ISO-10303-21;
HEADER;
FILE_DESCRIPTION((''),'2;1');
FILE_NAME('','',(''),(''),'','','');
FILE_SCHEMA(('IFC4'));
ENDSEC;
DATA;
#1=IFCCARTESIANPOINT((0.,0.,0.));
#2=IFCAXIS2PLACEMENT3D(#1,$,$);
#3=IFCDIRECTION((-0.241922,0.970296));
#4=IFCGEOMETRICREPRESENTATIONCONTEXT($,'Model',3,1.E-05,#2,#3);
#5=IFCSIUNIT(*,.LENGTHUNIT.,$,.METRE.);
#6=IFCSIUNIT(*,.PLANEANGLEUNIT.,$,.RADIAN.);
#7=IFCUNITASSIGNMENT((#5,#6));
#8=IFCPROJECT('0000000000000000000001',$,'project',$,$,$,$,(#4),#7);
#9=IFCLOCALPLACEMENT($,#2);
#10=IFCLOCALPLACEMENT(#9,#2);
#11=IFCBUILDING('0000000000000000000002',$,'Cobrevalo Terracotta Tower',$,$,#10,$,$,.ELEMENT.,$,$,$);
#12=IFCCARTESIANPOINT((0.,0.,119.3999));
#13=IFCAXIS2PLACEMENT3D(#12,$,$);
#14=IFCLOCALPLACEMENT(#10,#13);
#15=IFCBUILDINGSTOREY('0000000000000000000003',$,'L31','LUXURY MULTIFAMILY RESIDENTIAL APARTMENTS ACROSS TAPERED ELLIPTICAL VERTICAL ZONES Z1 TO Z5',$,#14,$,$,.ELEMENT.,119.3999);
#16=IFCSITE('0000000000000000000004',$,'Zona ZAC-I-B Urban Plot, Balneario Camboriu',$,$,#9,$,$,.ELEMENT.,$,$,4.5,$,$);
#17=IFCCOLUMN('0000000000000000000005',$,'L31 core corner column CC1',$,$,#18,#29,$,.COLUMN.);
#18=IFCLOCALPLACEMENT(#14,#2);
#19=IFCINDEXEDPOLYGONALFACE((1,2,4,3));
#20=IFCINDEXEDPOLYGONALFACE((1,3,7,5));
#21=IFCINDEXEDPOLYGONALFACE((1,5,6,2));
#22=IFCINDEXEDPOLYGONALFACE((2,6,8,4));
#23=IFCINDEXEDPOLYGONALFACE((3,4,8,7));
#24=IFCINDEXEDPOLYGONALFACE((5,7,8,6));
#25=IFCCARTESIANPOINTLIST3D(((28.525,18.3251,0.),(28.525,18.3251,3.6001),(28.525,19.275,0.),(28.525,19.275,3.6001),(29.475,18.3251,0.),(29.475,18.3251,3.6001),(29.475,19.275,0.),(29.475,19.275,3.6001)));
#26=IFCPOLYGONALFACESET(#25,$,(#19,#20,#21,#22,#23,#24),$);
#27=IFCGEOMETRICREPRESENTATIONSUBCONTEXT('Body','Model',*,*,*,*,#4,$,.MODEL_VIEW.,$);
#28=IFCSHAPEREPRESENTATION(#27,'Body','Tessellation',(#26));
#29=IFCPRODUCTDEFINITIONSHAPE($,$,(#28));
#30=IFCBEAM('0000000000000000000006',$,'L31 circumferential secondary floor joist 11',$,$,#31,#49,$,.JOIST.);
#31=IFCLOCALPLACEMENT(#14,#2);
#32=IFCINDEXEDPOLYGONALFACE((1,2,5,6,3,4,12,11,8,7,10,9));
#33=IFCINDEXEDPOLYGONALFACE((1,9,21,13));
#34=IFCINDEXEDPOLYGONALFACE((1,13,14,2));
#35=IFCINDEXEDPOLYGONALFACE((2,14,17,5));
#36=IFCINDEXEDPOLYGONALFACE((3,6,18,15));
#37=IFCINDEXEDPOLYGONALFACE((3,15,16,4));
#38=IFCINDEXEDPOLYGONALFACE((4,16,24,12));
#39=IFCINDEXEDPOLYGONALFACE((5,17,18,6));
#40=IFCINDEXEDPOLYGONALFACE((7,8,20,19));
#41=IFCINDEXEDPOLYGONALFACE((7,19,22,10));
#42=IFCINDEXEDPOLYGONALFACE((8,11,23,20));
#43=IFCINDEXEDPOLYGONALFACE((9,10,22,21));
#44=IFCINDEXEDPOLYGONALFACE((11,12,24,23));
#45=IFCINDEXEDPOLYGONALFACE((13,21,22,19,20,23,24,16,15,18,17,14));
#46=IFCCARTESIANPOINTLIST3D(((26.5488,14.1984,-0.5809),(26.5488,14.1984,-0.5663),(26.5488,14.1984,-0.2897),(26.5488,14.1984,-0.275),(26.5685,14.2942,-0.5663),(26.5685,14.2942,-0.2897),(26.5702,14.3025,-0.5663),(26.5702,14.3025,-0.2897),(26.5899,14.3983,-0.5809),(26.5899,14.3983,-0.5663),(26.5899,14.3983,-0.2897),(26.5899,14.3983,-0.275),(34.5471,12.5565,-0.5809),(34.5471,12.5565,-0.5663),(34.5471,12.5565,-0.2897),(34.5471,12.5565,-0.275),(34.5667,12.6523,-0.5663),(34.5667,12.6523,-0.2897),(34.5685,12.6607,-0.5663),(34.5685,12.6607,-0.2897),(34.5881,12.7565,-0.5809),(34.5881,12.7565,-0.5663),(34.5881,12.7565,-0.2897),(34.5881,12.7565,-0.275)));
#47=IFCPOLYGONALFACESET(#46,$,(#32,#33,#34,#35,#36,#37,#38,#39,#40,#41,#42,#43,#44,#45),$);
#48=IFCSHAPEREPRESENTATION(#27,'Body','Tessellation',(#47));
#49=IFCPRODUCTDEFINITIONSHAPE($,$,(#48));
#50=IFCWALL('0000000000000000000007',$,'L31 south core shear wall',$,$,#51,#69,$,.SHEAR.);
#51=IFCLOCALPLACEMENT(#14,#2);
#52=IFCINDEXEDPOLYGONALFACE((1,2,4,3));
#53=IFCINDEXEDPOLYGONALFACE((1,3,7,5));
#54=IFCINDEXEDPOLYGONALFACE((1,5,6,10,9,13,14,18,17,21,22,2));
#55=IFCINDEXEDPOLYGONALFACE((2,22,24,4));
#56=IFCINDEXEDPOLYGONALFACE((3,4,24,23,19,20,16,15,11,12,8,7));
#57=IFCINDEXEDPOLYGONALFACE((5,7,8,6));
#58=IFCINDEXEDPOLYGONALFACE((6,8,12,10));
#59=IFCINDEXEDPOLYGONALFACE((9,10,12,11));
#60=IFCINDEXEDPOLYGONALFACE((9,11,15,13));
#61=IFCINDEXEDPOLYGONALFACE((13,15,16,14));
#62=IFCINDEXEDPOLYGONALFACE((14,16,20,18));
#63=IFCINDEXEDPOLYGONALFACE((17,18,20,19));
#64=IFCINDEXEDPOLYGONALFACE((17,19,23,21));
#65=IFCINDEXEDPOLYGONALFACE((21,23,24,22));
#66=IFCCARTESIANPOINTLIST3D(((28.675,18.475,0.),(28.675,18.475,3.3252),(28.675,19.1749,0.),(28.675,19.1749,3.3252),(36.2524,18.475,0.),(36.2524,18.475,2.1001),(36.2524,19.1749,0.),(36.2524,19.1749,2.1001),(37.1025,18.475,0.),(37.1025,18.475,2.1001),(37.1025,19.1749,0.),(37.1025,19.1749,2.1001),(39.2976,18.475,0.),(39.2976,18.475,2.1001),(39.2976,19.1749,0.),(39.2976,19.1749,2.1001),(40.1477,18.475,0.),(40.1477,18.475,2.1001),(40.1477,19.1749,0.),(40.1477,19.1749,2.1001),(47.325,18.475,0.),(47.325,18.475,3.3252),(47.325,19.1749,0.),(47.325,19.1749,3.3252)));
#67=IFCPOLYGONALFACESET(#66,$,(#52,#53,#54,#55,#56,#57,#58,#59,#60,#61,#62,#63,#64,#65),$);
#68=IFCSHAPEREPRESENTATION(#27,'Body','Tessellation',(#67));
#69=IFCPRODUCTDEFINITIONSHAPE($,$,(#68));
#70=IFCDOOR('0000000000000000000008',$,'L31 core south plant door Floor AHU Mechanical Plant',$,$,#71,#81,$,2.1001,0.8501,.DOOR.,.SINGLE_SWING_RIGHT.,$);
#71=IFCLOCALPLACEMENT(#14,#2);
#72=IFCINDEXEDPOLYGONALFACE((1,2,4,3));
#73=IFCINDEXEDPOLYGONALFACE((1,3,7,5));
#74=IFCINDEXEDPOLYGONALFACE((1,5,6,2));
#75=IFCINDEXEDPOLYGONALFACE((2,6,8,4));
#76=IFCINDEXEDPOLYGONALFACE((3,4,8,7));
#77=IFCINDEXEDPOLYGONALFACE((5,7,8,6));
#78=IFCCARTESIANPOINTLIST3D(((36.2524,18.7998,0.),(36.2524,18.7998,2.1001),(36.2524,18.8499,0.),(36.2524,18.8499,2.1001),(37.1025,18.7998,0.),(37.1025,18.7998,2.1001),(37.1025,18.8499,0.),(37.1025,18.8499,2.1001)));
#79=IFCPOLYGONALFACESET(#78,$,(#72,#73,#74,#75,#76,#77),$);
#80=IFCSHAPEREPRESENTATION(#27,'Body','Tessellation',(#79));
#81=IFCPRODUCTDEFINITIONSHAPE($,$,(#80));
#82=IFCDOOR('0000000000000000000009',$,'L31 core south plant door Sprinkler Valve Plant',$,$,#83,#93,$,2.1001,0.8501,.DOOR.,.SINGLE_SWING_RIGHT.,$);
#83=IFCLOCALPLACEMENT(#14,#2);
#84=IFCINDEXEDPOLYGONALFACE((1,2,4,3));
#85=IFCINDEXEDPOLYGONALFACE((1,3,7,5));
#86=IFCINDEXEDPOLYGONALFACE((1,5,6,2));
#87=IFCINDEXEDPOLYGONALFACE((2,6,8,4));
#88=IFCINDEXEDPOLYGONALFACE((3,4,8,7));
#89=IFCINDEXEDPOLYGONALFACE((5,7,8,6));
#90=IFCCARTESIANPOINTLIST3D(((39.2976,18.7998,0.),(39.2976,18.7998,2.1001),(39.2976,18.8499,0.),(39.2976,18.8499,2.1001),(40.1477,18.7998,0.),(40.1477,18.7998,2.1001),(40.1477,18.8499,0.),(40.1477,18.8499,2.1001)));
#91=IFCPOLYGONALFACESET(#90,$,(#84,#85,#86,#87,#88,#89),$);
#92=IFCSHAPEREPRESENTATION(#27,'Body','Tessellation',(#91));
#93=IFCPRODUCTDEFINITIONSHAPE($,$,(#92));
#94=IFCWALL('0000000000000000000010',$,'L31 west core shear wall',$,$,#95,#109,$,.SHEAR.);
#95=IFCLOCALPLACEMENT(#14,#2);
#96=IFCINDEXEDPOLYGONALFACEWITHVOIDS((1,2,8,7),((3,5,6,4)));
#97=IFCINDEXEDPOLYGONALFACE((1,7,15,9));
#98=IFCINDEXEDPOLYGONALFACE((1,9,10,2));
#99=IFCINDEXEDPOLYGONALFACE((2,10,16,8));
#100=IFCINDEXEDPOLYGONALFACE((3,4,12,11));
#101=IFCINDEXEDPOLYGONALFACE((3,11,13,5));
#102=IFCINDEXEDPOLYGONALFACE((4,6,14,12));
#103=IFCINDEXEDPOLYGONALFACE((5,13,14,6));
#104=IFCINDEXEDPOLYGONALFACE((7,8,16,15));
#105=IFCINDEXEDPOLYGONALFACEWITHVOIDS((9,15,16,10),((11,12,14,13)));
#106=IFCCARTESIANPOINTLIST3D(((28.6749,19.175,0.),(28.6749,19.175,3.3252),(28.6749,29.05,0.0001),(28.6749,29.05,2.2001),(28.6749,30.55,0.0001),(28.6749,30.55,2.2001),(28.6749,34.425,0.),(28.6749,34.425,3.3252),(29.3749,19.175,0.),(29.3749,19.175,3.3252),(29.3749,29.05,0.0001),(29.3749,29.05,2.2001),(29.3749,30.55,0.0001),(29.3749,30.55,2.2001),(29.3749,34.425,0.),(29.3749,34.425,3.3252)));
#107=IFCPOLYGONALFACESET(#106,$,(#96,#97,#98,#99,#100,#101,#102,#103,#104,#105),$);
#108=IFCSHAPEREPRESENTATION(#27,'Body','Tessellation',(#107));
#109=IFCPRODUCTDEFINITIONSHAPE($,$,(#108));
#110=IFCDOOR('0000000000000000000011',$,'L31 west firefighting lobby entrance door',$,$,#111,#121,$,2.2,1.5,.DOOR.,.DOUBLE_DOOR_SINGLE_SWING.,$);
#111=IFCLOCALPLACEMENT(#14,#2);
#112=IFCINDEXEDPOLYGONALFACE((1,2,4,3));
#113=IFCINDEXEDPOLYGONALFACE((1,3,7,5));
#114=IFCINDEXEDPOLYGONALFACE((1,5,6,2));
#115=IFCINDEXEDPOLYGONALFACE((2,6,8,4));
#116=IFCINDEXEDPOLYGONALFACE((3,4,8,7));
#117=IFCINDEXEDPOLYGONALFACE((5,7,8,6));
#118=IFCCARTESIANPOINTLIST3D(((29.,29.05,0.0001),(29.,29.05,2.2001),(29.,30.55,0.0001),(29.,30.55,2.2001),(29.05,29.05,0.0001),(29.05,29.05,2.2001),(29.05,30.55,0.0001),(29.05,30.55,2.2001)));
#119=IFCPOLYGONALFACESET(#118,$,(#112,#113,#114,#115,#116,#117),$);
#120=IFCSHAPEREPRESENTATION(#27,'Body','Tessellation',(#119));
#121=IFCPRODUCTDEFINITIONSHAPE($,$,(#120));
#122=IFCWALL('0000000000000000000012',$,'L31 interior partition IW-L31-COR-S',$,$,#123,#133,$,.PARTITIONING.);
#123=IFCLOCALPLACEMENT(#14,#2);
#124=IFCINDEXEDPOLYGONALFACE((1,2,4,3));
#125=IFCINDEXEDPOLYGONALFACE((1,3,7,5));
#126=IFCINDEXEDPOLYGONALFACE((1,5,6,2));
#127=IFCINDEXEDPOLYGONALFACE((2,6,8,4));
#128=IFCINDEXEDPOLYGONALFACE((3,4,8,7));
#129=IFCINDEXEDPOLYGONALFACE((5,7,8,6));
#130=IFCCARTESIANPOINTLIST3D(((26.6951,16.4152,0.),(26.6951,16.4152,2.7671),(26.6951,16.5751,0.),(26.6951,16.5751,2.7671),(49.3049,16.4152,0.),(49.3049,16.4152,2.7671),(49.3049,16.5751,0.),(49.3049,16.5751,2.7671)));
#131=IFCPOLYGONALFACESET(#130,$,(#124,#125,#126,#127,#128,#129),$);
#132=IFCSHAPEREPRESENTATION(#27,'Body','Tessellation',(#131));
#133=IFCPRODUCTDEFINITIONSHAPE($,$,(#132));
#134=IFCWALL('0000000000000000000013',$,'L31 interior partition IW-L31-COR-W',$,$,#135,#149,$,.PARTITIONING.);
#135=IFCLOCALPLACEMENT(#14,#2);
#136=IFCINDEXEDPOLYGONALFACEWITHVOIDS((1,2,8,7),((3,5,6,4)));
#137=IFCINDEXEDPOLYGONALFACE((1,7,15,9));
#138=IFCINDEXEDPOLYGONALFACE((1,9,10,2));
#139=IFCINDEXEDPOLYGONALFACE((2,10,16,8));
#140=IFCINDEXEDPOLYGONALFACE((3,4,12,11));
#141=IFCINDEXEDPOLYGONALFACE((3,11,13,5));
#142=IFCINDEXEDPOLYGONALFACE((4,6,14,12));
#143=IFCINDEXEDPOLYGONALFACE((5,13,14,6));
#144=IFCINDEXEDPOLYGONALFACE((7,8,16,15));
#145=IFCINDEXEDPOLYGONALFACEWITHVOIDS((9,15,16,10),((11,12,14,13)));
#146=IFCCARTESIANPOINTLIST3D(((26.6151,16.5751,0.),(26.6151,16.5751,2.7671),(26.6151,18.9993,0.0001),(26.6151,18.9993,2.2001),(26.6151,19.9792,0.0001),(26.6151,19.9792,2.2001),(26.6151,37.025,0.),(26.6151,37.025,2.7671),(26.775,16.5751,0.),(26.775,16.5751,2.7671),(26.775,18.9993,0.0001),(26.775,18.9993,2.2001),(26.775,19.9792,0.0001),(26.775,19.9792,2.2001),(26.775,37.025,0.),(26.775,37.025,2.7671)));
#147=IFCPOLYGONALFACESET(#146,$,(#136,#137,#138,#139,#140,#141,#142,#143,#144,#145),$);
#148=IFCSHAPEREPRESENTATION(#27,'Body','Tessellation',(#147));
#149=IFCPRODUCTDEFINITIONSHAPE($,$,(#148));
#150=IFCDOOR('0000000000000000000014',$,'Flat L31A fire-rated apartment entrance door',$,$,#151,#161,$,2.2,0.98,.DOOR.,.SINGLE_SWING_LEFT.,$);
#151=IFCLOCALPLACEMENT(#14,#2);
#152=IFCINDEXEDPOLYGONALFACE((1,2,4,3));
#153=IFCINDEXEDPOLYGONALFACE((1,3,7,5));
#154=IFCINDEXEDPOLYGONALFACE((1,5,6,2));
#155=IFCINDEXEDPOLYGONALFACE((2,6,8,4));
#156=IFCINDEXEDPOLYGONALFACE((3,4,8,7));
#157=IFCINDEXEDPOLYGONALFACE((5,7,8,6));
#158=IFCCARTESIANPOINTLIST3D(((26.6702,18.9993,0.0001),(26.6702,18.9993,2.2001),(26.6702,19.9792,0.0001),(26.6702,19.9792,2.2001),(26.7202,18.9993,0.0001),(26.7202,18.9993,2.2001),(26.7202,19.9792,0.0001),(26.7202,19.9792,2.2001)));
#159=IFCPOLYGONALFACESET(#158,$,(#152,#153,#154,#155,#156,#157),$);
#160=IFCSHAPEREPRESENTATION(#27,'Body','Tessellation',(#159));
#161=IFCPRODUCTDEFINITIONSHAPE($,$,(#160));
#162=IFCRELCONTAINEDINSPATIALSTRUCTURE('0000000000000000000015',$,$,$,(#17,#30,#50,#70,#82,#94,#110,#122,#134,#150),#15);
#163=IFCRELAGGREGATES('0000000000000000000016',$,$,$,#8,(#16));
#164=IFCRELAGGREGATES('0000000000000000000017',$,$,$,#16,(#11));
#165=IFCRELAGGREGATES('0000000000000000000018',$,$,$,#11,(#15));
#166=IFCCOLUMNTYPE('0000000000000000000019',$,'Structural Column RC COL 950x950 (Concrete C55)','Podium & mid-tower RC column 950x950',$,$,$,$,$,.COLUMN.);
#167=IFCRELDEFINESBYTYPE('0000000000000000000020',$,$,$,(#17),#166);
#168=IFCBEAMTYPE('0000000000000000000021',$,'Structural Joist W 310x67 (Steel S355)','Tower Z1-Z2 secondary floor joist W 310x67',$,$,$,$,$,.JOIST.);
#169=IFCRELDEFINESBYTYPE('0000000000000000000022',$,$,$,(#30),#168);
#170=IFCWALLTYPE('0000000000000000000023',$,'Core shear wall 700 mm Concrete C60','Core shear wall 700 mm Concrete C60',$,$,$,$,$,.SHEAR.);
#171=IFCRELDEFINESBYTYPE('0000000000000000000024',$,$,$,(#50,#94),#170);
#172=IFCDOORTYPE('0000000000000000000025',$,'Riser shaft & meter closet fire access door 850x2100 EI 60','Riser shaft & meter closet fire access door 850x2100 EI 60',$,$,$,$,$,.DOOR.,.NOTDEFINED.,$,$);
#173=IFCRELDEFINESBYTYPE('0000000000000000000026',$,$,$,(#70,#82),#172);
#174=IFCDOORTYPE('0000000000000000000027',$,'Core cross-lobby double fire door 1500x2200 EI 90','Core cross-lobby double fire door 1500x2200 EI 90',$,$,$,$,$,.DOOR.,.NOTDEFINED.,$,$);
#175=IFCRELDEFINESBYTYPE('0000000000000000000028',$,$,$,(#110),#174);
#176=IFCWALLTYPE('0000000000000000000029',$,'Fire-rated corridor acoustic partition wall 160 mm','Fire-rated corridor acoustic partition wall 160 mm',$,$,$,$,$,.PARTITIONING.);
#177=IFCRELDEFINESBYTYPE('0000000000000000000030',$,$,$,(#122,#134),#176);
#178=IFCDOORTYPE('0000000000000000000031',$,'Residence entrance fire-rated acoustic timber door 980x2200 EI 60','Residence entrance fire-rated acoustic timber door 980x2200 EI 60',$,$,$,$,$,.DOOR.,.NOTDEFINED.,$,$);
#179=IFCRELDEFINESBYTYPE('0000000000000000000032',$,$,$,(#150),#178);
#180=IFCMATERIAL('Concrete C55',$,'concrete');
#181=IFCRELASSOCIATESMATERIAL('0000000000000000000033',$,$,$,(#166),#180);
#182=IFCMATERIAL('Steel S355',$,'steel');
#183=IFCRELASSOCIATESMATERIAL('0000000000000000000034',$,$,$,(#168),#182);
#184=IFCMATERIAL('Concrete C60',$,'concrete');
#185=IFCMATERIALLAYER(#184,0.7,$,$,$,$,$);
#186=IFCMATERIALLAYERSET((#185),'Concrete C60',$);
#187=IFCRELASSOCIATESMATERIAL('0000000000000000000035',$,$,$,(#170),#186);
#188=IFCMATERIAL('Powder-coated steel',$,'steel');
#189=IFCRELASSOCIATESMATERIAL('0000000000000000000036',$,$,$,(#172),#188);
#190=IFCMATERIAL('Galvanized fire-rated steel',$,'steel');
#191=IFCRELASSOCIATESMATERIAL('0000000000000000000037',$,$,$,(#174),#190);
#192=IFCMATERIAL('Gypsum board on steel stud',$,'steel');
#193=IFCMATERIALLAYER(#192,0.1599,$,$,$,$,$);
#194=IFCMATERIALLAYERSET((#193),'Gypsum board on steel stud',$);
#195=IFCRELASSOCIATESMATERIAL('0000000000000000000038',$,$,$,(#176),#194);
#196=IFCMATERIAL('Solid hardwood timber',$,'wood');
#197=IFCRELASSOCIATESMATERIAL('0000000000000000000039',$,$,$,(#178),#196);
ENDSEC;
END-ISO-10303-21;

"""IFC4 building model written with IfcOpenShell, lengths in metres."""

from ifc_helpers import new_model, si_unit, direction, frame, frame_2d, origin, origin_2d, place, context, subcontext, project, spatial, rectangle, i_section, extrude, source, transform, mapped, material, layer, layer_set, material_profile, profile_set, type_object, element, fill, save


model = new_model("IFC4")

# Units and contexts
model_context = context("Model", 3, precision=1e-05, world=origin(), true_north=direction((-0.241922, 0.970296)))
body_context = subcontext(model_context, "Body", "Model", "MODEL_VIEW")
ifc_project = project(units=[si_unit("LENGTHUNIT", "METRE"), si_unit("PLANEANGLEUNIT", "RADIAN")], contexts=[model_context])

# Site, building, storey
site_placement = place(None, origin())
site = spatial("IfcSite", under=ifc_project, at=site_placement, Name="Zona ZAC-I-B Urban Plot, Balneario Camboriu", CompositionType="ELEMENT", RefElevation=4.5)
building_placement = place(site_placement, origin())
building = spatial("IfcBuilding", under=site, at=building_placement, Name="Cobrevalo Terracotta Tower", CompositionType="ELEMENT")
storey_placement = place(building_placement, frame((0.0, 0.0, 119.3999)))
storey = spatial("IfcBuildingStorey", under=building, at=storey_placement, Name="L31", Description="LUXURY MULTIFAMILY RESIDENTIAL APARTMENTS ACROSS TAPERED ELLIPTICAL VERTICAL ZONES Z1 TO Z5", CompositionType="ELEMENT", Elevation=119.3999)

# Column
ifc_material_1 = material(Name="Concrete C55", Category="concrete")
ifc_material_profile_1 = material_profile(ifc_material_1, rectangle(XDim=0.95, YDim=0.95, at=origin_2d()), Name="RC COL 950x950")
ifc_profile_set_1 = profile_set([ifc_material_profile_1], Name="Concrete C55")
column_type = type_object("IfcColumnType", Name="Structural Column RC COL 950x950 (Concrete C55)", Description="Podium & mid-tower RC column 950x950", PredefinedType="COLUMN", material=ifc_profile_set_1)
column_placement = place(storey_placement, frame((29.0, 18.8, 0.0), z_axis=(0.0, 0.0, 1.0), x_axis=(1.0, 0.0, 0.0)))
element("IfcColumn", 1, at=column_placement, inside=storey, type_object=column_type, Name="L31 core corner column CC1", PredefinedType="COLUMN", context=body_context, shape_type="SweptSolid", body=[
    extrude(rectangle(XDim=0.95, YDim=0.95, at=origin_2d()), origin(), (0.0, 0.0, 1.0), 3.6001),
])

# Beam
ifc_material_2 = material(Name="Steel S355", Category="steel")
ifc_material_profile_2 = material_profile(ifc_material_2, i_section(OverallWidth=0.2041, OverallDepth=0.3059, WebThickness=0.0085, FlangeThickness=0.0146, at=origin_2d()), Name="W 310x67")
ifc_profile_set_2 = profile_set([ifc_material_profile_2], Name="Steel S355")
beam_type = type_object("IfcBeamType", Name="Structural Joist W 310x67 (Steel S355)", Description="Tower Z1-Z2 secondary floor joist W 310x67", PredefinedType="JOIST", material=ifc_profile_set_2)
beam_placement = place(storey_placement, frame((26.5693, 14.2983, -0.428), z_axis=(0.979574, -0.201082, 0.0), x_axis=(0.201082, 0.979574, 0.0)))
element("IfcBeam", 2, at=beam_placement, inside=storey, type_object=beam_type, Name="L31 circumferential secondary floor joist 11", PredefinedType="JOIST", context=body_context, shape_type="SweptSolid", body=[
    extrude(i_section(OverallWidth=0.2041, OverallDepth=0.3059, WebThickness=0.0085, FlangeThickness=0.0146, at=origin_2d()), origin(), (0.0, 0.0, 1.0), 8.165),
])

# Wall, openings, doors
ifc_material_3 = material(Name="Concrete C60", Category="concrete")
ifc_layer_1 = layer(ifc_material_3, 0.7)
ifc_layer_set_1 = layer_set([ifc_layer_1], Name="Concrete C60")
wall_type_1 = type_object("IfcWallType", Name="Core shear wall 700 mm Concrete C60", Description="Core shear wall 700 mm Concrete C60", PredefinedType="SHEAR", material=ifc_layer_set_1)
wall_1_placement = place(storey_placement, frame((28.675, 18.825, 0.0), z_axis=(0.0, 0.0, 1.0), x_axis=(1.0, 0.0, 0.0)))
wall_1 = element("IfcWall", 3, at=wall_1_placement, inside=storey, type_object=wall_type_1, Name="L31 south core shear wall", PredefinedType="SHEAR", context=body_context, shape_type="SweptSolid", body=[
    extrude(rectangle(XDim=18.6499, YDim=0.7, at=frame_2d((9.325, 0.0))), origin(), (0.0, 0.0, 1.0), 3.3252),
])
opening_1_placement = place(wall_1_placement, frame((7.5774, 0.0, 0.0)))
opening_1 = element("IfcOpeningElement", 4, at=opening_1_placement, cuts=wall_1, PredefinedType="OPENING", context=body_context, shape_type="SweptSolid", body=[
    extrude(rectangle(XDim=0.8501, YDim=2.1001, at=frame_2d((0.425, 1.05))), frame((0.0, 0.3599, 0.0), z_axis=(0.0, -1.0, 0.0), x_axis=(1.0, 0.0, 0.0)), (0.0, 0.0, 1.0), 0.72),
])
opening_2_placement = place(wall_1_placement, frame((10.6226, 0.0, 0.0)))
opening_2 = element("IfcOpeningElement", 5, at=opening_2_placement, cuts=wall_1, PredefinedType="OPENING", context=body_context, shape_type="SweptSolid", body=[
    extrude(rectangle(XDim=0.8501, YDim=2.1001, at=frame_2d((0.425, 1.05))), frame((0.0, 0.3599, 0.0), z_axis=(0.0, -1.0, 0.0), x_axis=(1.0, 0.0, 0.0)), (0.0, 0.0, 1.0), 0.72),
])
ifc_material_4 = material(Name="Powder-coated steel", Category="steel")
door_type_1 = type_object("IfcDoorType", Name="Riser shaft & meter closet fire access door 850x2100 EI 60", Description="Riser shaft & meter closet fire access door 850x2100 EI 60", OperationType="NOTDEFINED", PredefinedType="DOOR", material=ifc_material_4)
shared_shape_1 = source(origin(), body_context, "Body", "SweptSolid", [
    extrude(rectangle(XDim=0.8501, YDim=2.1001, at=frame_2d((0.425, 1.05))), frame((0.0, 0.0249, 0.0), z_axis=(0.0, -1.0, 0.0), x_axis=(1.0, 0.0, 0.0)), (0.0, 0.0, 1.0), 0.05),
])
door_1_placement = place(opening_1_placement, origin())
door_1 = element("IfcDoor", 6, at=door_1_placement, inside=storey, type_object=door_type_1, Name="L31 core south plant door Floor AHU Mechanical Plant", OperationType="SINGLE_SWING_RIGHT", OverallHeight=2.1001, OverallWidth=0.8501, PredefinedType="DOOR", context=body_context, shape_type="MappedRepresentation", body=[
    mapped(shared_shape_1, transform((0.0, 0.0, 0.0), scale=1.0)),
])
fill(opening_1, door_1)
door_2_placement = place(opening_2_placement, origin())
door_2 = element("IfcDoor", 7, at=door_2_placement, inside=storey, type_object=door_type_1, Name="L31 core south plant door Sprinkler Valve Plant", OperationType="SINGLE_SWING_RIGHT", OverallHeight=2.1001, OverallWidth=0.8501, PredefinedType="DOOR", context=body_context, shape_type="MappedRepresentation", body=[
    mapped(shared_shape_1, transform((0.0, 0.0, 0.0), scale=1.0)),
])
fill(opening_2, door_2)

# Wall, opening, door
wall_2_placement = place(storey_placement, frame((29.0249, 19.175, 0.0), z_axis=(0.0, 0.0, 1.0), x_axis=(0.0, 1.0, 0.0)))
wall_2 = element("IfcWall", 8, at=wall_2_placement, inside=storey, type_object=wall_type_1, Name="L31 west core shear wall", PredefinedType="SHEAR", context=body_context, shape_type="SweptSolid", body=[
    extrude(rectangle(XDim=15.25, YDim=0.7, at=frame_2d((7.625, 0.0))), origin(), (0.0, 0.0, 1.0), 3.3252),
])
opening_3_placement = place(wall_2_placement, frame((9.875, 0.0, 0.0)))
opening_3 = element("IfcOpeningElement", 9, at=opening_3_placement, cuts=wall_2, PredefinedType="OPENING", context=body_context, shape_type="SweptSolid", body=[
    extrude(rectangle(XDim=1.5, YDim=2.2, at=frame_2d((0.75, 1.1001))), frame((0.0, 0.3599, 0.0), z_axis=(0.0, -1.0, 0.0), x_axis=(1.0, 0.0, 0.0)), (0.0, 0.0, 1.0), 0.72),
])
ifc_material_5 = material(Name="Galvanized fire-rated steel", Category="steel")
door_type_2 = type_object("IfcDoorType", Name="Core cross-lobby double fire door 1500x2200 EI 90", Description="Core cross-lobby double fire door 1500x2200 EI 90", OperationType="NOTDEFINED", PredefinedType="DOOR", material=ifc_material_5)
shared_shape_2 = source(origin(), body_context, "Body", "SweptSolid", [
    extrude(rectangle(XDim=1.5, YDim=2.2, at=frame_2d((0.75, 1.1001))), frame((0.0, 0.0249, 0.0), z_axis=(0.0, -1.0, 0.0), x_axis=(1.0, 0.0, 0.0)), (0.0, 0.0, 1.0), 0.05),
])
door_3_placement = place(opening_3_placement, origin())
door_3 = element("IfcDoor", 10, at=door_3_placement, inside=storey, type_object=door_type_2, Name="L31 west firefighting lobby entrance door", OperationType="DOUBLE_DOOR_SINGLE_SWING", OverallHeight=2.2, OverallWidth=1.5, PredefinedType="DOOR", context=body_context, shape_type="MappedRepresentation", body=[
    mapped(shared_shape_2, transform((0.0, 0.0, 0.0), scale=1.0)),
])
fill(opening_3, door_3)

# Wall
ifc_material_6 = material(Name="Gypsum board on steel stud", Category="steel")
ifc_layer_2 = layer(ifc_material_6, 0.1599)
ifc_layer_set_2 = layer_set([ifc_layer_2], Name="Gypsum board on steel stud")
wall_type_2 = type_object("IfcWallType", Name="Fire-rated corridor acoustic partition wall 160 mm", Description="Fire-rated corridor acoustic partition wall 160 mm", PredefinedType="PARTITIONING", material=ifc_layer_set_2)
wall_3_placement = place(storey_placement, frame((26.6951, 16.4951, 0.0), z_axis=(0.0, 0.0, 1.0), x_axis=(1.0, 0.0, 0.0)))
element("IfcWall", 11, at=wall_3_placement, inside=storey, type_object=wall_type_2, Name="L31 interior partition IW-L31-COR-S", PredefinedType="PARTITIONING", context=body_context, shape_type="SweptSolid", body=[
    extrude(rectangle(XDim=22.6099, YDim=0.1599, at=frame_2d((11.3049, 0.0))), origin(), (0.0, 0.0, 1.0), 2.7671),
])

# Wall, opening, door
wall_4_placement = place(storey_placement, frame((26.6951, 16.575, 0.0), z_axis=(0.0, 0.0, 1.0), x_axis=(0.0, 1.0, 0.0)))
wall_4 = element("IfcWall", 12, at=wall_4_placement, inside=storey, type_object=wall_type_2, Name="L31 interior partition IW-L31-COR-W", PredefinedType="PARTITIONING", context=body_context, shape_type="SweptSolid", body=[
    extrude(rectangle(XDim=20.45, YDim=0.1599, at=frame_2d((10.2251, 0.0))), origin(), (0.0, 0.0, 1.0), 2.7671),
])
opening_4_placement = place(wall_4_placement, frame((2.4243, 0.0, 0.0)))
opening_4 = element("IfcOpeningElement", 13, at=opening_4_placement, cuts=wall_4, PredefinedType="OPENING", context=body_context, shape_type="SweptSolid", body=[
    extrude(rectangle(XDim=0.98, YDim=2.2, at=frame_2d((0.49, 1.1001))), frame((0.0, 0.0898, 0.0), z_axis=(0.0, -1.0, 0.0), x_axis=(1.0, 0.0, 0.0)), (0.0, 0.0, 1.0), 0.1799),
])
ifc_material_7 = material(Name="Solid hardwood timber", Category="wood")
door_type_3 = type_object("IfcDoorType", Name="Residence entrance fire-rated acoustic timber door 980x2200 EI 60", Description="Residence entrance fire-rated acoustic timber door 980x2200 EI 60", OperationType="NOTDEFINED", PredefinedType="DOOR", material=ifc_material_7)
shared_shape_3 = source(origin(), body_context, "Body", "SweptSolid", [
    extrude(rectangle(XDim=0.98, YDim=2.2, at=frame_2d((0.49, 1.1001))), frame((0.0, 0.0249, 0.0), z_axis=(0.0, -1.0, 0.0), x_axis=(1.0, 0.0, 0.0)), (0.0, 0.0, 1.0), 0.05),
])
door_4_placement = place(opening_4_placement, origin())
door_4 = element("IfcDoor", 14, at=door_4_placement, inside=storey, type_object=door_type_3, Name="Flat L31A fire-rated apartment entrance door", OperationType="SINGLE_SWING_LEFT", OverallHeight=2.2, OverallWidth=0.98, PredefinedType="DOOR", context=body_context, shape_type="MappedRepresentation", body=[
    mapped(shared_shape_3, transform((0.0, 0.0, 0.0), scale=1.0)),
])
fill(opening_4, door_4)

save(model, "model.ifc")
